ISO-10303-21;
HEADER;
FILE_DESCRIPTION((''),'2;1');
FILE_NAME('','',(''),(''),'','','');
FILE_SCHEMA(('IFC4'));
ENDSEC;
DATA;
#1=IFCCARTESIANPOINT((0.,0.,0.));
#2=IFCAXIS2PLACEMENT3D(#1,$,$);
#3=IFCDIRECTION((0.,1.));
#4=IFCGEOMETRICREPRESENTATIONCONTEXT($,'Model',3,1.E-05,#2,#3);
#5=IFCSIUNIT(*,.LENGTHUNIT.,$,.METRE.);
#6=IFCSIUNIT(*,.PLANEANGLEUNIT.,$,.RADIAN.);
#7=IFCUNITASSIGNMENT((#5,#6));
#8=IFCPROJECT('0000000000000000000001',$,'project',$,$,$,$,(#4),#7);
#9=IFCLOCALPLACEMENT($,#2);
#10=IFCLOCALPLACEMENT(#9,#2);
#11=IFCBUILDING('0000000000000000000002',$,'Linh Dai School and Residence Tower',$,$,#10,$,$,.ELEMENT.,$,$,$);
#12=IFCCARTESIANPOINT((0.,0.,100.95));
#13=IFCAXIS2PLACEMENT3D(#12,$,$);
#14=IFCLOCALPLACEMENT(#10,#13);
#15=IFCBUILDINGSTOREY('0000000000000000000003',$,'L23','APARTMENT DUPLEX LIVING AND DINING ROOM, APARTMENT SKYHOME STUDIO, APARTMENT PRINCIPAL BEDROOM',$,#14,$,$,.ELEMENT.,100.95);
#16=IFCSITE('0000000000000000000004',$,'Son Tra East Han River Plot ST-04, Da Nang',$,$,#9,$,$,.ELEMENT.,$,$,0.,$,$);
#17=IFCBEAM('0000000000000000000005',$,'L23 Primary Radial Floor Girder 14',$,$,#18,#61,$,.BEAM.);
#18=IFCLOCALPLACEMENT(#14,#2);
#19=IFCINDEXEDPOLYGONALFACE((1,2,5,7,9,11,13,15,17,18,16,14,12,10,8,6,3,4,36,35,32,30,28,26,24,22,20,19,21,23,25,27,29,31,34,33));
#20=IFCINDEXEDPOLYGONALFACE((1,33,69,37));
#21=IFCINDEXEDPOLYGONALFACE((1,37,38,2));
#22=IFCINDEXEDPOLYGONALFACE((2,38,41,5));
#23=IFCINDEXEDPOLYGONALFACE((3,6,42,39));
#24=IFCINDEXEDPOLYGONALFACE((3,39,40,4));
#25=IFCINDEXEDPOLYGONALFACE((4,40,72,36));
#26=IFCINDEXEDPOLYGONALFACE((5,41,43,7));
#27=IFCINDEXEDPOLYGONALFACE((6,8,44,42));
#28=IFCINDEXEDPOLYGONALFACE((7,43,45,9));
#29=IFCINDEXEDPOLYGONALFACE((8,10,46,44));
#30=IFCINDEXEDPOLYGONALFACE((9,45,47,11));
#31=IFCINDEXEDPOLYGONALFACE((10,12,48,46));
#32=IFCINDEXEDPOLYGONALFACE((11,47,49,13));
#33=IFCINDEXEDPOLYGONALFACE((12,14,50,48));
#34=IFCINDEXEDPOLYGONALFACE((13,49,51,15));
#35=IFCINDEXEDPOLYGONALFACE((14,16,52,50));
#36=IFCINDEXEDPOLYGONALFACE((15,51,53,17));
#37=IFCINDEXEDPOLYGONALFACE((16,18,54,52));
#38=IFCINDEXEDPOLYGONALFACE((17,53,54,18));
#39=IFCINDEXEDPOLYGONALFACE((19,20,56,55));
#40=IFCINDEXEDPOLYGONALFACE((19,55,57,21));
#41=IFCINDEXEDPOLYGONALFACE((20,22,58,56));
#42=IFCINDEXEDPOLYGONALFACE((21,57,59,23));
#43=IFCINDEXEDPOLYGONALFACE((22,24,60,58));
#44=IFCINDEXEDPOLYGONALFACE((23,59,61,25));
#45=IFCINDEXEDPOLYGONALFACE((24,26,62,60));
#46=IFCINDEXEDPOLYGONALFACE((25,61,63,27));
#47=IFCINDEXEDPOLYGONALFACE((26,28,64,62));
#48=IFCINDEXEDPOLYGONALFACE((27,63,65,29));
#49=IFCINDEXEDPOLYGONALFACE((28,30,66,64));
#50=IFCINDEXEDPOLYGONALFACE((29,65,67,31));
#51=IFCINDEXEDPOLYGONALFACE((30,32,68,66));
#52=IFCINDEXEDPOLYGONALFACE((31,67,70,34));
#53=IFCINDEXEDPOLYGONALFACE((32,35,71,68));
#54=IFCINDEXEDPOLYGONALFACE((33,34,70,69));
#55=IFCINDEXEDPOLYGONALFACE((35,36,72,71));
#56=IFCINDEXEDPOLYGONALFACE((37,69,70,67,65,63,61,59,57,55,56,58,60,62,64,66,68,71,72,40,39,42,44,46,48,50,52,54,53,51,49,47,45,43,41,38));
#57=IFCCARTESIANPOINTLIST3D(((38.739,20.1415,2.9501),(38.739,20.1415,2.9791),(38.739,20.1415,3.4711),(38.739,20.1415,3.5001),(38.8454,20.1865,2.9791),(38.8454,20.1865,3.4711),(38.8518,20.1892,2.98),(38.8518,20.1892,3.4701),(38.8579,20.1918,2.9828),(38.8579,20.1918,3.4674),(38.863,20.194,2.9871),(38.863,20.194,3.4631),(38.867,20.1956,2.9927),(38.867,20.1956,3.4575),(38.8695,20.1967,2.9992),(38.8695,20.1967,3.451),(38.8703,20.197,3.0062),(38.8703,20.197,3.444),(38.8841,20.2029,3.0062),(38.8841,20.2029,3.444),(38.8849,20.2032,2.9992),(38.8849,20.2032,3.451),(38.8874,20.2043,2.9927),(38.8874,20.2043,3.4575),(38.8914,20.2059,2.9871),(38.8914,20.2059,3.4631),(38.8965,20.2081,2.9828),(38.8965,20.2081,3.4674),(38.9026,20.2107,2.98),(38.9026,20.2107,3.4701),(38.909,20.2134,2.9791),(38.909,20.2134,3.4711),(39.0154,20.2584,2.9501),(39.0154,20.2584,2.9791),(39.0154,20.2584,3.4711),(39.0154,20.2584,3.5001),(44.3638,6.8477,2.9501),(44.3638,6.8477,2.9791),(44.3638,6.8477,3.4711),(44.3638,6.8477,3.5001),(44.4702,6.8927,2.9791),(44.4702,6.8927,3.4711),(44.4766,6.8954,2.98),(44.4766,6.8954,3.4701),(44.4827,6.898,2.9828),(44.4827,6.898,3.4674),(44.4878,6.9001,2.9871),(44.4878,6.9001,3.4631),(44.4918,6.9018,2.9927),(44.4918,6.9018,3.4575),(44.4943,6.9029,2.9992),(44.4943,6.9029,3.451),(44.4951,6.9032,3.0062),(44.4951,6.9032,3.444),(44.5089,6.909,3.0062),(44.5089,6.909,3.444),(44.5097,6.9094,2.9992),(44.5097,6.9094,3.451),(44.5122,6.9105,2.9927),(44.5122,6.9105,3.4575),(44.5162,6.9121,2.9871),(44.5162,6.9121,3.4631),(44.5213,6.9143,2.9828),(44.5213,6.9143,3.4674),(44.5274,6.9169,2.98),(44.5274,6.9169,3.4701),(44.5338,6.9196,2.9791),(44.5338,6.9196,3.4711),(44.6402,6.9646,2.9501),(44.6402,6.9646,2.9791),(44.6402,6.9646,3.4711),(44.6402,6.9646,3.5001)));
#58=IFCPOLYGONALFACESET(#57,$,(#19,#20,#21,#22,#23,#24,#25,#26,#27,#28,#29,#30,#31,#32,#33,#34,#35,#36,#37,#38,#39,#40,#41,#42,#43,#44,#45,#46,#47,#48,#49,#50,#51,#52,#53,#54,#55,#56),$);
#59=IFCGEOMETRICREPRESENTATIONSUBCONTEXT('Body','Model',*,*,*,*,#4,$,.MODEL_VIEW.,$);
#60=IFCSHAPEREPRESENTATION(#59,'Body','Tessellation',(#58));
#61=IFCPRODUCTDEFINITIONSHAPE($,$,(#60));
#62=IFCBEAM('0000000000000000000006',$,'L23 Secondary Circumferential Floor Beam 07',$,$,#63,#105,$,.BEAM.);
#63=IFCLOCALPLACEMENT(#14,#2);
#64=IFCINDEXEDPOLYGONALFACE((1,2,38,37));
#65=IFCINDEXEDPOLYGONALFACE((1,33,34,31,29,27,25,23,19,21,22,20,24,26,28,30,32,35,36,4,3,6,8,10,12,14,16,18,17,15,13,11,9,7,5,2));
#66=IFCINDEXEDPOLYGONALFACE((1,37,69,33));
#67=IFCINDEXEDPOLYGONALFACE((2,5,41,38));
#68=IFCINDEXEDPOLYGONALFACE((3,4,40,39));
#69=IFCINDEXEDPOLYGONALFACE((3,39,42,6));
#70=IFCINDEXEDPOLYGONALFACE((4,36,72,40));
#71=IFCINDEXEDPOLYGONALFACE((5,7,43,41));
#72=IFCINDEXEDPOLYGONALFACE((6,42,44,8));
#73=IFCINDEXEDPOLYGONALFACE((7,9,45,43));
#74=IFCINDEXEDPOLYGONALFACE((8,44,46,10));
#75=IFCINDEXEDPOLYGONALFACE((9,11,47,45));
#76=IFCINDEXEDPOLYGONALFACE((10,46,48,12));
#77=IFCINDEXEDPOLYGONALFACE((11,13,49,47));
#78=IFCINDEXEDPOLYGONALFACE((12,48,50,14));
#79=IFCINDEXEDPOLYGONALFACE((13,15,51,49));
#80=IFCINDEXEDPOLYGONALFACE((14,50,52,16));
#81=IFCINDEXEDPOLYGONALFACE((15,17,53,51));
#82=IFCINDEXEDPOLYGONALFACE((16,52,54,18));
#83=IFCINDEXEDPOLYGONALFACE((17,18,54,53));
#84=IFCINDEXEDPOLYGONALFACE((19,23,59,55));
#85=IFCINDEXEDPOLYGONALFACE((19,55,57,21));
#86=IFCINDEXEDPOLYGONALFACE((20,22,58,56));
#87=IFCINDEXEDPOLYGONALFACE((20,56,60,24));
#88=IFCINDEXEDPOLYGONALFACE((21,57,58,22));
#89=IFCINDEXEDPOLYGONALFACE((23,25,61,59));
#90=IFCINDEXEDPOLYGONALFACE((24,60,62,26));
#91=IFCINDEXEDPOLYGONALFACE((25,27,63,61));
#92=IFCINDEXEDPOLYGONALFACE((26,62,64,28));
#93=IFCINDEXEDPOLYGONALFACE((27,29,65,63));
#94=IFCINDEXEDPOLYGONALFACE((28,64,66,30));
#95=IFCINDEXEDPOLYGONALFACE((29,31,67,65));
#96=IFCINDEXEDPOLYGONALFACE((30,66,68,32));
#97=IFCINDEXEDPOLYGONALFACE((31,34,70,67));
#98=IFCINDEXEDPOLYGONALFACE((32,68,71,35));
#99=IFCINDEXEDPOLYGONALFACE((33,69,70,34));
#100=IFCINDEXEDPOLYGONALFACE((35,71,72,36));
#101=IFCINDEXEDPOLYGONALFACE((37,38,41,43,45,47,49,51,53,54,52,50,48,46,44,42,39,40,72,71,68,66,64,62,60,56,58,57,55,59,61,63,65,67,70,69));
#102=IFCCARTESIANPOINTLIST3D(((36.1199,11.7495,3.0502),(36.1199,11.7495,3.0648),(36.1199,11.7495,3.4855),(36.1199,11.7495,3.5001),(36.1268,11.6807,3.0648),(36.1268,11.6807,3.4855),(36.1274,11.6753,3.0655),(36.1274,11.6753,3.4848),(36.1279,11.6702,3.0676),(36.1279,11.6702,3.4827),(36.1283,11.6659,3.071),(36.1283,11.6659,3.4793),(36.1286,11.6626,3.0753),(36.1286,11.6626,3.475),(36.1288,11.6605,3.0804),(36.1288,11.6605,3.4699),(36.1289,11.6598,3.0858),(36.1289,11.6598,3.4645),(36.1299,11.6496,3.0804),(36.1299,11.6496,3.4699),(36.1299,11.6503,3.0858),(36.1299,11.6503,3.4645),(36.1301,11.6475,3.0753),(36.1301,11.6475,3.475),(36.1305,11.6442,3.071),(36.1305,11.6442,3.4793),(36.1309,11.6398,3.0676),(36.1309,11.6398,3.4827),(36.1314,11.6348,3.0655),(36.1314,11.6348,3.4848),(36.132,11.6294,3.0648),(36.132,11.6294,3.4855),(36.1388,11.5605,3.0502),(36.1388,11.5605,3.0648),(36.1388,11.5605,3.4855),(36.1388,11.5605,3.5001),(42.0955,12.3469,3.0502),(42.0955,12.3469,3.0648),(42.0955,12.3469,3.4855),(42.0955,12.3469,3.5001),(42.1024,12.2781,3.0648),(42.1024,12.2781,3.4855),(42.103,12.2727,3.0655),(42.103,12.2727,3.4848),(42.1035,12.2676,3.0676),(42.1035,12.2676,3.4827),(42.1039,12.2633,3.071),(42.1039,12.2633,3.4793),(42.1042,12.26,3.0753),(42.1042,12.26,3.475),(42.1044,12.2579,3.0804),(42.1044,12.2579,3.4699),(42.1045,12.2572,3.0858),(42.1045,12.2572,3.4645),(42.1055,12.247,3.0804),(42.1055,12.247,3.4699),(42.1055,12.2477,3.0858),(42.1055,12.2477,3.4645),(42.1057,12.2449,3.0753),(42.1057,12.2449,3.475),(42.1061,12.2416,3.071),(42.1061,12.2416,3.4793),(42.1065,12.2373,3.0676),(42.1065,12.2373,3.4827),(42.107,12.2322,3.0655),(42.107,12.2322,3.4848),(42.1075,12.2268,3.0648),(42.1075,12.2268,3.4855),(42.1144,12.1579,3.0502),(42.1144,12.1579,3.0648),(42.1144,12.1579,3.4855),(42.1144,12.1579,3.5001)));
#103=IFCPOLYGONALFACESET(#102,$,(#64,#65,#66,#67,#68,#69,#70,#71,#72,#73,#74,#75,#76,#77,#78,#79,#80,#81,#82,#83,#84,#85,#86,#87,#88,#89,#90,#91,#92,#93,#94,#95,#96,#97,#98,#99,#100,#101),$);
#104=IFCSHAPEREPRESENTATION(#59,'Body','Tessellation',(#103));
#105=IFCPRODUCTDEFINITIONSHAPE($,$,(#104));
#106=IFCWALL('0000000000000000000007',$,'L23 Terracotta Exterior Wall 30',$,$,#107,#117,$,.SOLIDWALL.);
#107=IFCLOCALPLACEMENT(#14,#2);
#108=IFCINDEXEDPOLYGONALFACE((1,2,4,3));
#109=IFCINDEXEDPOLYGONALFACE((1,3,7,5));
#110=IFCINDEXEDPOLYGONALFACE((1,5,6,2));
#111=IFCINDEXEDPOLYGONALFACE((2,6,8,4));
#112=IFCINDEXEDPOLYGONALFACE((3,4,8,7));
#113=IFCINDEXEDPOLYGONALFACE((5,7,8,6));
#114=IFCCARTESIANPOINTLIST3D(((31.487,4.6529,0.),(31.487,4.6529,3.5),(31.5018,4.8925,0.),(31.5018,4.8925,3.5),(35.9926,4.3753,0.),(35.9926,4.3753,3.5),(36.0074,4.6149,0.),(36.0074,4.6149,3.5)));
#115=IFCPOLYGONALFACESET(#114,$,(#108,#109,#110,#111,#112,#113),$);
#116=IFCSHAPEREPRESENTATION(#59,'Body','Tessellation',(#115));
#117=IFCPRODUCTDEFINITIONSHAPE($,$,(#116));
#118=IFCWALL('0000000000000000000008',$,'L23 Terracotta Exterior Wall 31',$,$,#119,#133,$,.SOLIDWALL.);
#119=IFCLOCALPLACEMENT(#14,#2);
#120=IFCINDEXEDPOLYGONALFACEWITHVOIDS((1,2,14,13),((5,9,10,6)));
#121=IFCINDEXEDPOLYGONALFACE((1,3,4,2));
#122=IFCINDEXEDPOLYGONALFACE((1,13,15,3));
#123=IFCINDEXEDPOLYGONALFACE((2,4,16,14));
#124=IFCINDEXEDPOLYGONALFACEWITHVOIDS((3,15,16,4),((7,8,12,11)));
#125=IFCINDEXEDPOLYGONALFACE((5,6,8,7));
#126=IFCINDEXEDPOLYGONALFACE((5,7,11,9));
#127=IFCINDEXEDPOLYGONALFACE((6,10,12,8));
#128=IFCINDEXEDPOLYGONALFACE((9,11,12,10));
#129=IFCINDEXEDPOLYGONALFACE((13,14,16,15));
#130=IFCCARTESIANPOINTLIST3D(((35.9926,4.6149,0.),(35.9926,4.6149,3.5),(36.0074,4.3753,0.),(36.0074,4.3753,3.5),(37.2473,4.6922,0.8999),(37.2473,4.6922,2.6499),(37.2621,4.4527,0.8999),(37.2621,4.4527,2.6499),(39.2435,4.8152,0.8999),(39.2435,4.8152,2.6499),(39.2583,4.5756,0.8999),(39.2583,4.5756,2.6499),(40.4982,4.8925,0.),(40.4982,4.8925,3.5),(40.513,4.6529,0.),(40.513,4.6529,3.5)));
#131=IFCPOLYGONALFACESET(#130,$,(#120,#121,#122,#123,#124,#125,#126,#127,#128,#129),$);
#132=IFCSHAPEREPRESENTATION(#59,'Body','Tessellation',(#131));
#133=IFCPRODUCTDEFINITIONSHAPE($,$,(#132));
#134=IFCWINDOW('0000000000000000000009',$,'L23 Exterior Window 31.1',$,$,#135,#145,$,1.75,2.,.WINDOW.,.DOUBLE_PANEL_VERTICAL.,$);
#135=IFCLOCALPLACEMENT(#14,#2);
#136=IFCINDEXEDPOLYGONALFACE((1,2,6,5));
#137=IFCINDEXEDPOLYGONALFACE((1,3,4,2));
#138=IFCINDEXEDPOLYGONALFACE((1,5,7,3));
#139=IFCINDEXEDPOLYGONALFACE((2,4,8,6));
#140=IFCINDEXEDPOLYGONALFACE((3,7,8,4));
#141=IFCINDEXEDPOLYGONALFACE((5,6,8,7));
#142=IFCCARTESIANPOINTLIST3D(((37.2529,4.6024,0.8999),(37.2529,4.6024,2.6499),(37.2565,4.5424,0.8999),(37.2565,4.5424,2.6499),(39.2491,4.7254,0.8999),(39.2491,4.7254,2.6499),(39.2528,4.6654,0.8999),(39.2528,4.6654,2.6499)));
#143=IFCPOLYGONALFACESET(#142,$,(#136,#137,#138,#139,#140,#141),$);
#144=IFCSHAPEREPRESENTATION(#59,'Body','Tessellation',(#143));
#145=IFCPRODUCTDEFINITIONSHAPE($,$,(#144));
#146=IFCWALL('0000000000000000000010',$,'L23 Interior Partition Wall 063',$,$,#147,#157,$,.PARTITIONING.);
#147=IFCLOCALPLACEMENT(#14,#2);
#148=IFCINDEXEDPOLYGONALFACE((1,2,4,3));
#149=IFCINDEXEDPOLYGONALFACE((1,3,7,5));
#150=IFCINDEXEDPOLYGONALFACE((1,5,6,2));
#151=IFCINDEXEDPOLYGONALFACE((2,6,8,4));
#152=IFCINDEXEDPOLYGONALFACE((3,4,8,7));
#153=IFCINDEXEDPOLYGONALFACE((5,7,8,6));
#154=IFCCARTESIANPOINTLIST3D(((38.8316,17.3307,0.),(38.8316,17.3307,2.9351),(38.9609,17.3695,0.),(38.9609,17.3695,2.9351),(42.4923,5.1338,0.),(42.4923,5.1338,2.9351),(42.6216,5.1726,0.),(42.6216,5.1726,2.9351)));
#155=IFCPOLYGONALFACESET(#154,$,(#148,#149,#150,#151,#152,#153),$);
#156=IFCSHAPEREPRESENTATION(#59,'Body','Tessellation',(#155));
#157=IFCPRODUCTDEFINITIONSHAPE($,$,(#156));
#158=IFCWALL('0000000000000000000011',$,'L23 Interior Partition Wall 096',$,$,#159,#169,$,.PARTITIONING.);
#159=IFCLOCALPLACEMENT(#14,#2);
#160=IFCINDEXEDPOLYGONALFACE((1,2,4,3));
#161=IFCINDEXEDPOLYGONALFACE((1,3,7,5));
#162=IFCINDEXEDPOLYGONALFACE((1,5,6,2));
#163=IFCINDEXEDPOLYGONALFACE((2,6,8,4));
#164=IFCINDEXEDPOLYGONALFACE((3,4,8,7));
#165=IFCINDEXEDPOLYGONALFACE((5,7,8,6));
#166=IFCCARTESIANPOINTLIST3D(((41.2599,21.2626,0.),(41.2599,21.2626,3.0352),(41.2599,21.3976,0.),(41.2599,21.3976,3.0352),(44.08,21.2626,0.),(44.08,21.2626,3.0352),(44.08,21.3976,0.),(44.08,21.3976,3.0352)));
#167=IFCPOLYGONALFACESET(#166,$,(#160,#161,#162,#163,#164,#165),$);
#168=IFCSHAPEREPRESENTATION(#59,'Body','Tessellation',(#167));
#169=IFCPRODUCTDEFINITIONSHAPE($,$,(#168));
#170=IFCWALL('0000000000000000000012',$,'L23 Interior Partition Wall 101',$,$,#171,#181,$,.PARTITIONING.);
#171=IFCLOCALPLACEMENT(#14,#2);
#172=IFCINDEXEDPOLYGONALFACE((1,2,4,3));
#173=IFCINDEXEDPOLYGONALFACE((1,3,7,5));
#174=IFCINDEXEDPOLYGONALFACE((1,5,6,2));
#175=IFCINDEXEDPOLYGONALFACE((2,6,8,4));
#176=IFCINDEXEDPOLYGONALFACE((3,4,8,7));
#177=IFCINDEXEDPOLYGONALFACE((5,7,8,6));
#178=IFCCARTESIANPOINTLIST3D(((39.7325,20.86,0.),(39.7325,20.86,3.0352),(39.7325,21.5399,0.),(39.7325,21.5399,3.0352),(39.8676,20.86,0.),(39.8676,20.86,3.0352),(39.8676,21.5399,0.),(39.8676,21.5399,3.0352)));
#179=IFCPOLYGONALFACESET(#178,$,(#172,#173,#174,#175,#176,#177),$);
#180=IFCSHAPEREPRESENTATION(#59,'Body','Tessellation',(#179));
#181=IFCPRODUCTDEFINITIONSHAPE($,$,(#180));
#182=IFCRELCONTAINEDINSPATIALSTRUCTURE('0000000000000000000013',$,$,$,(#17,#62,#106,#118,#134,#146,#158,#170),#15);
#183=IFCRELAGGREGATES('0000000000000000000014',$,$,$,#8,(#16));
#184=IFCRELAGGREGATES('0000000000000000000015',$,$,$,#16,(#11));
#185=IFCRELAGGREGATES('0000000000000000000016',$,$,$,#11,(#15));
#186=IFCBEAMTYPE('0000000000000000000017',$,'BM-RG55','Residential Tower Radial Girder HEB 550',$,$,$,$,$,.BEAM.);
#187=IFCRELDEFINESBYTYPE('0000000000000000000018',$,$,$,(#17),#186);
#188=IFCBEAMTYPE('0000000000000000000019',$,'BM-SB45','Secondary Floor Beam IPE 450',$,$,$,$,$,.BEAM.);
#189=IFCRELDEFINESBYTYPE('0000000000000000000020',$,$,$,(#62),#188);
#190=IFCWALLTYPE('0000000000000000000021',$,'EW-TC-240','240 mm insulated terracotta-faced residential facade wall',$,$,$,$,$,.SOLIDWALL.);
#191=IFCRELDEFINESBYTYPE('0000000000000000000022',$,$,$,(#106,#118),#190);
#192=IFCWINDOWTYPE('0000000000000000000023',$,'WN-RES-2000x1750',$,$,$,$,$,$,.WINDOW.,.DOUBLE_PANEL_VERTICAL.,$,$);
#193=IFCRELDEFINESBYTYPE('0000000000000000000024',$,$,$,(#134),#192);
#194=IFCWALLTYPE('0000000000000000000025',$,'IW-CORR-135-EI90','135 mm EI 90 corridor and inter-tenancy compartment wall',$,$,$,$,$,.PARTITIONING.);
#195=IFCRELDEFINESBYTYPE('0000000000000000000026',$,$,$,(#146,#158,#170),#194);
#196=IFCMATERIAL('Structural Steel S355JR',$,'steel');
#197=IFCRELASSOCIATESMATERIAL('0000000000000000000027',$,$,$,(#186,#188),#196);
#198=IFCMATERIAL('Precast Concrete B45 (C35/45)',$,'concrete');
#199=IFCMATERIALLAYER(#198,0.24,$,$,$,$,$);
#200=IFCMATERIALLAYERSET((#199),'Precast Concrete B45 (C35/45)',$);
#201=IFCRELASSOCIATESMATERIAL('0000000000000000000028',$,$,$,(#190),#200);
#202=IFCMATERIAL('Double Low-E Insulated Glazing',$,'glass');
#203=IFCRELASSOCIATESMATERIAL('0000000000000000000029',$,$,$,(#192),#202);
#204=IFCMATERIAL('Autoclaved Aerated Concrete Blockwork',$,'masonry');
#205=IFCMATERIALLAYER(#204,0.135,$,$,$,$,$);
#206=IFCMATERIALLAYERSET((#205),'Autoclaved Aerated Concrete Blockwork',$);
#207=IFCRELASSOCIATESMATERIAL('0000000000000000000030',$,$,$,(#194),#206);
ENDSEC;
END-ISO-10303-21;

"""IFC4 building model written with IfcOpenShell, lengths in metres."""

from ifc_helpers import new_model, si_unit, direction, frame, frame_2d, origin, origin_2d, place, context, subcontext, project, spatial, rectangle, i_section, extrude, source, transform, mapped, material, layer, layer_set, material_profile, profile_set, type_object, element, fill, save


model = new_model("IFC4")

# Units and contexts
model_context = context("Model", 3, precision=1e-05, world=origin(), true_north=direction((0.0, 1.0)))
body_context = subcontext(model_context, "Body", "Model", "MODEL_VIEW")
ifc_project = project(units=[si_unit("LENGTHUNIT", "METRE"), si_unit("PLANEANGLEUNIT", "RADIAN")], contexts=[model_context])

# Site, building, storey
site_placement = place(None, origin())
site = spatial("IfcSite", under=ifc_project, at=site_placement, Name="Son Tra East Han River Plot ST-04, Da Nang", CompositionType="ELEMENT", RefElevation=0.0)
building_placement = place(site_placement, origin())
building = spatial("IfcBuilding", under=site, at=building_placement, Name="Linh Dai School and Residence Tower", CompositionType="ELEMENT")
storey_placement = place(building_placement, frame((0.0, 0.0, 100.95)))
storey = spatial("IfcBuildingStorey", under=building, at=storey_placement, Name="L23", Description="APARTMENT DUPLEX LIVING AND DINING ROOM, APARTMENT SKYHOME STUDIO, APARTMENT PRINCIPAL BEDROOM", CompositionType="ELEMENT", Elevation=100.95)

# Shared definitions
ifc_material_1 = material(Name="Structural Steel S355JR", Category="steel")

# Beams
ifc_material_profile_1 = material_profile(ifc_material_1, i_section(OverallWidth=0.3, OverallDepth=0.55, WebThickness=0.0149, FlangeThickness=0.0291, FilletRadius=0.0271, at=origin_2d()), Name="HEB 550")
ifc_profile_set_1 = profile_set([ifc_material_profile_1], Name="Structural Steel S355JR")
beam_type_1 = type_object("IfcBeamType", Name="BM-RG55", Description="Residential Tower Radial Girder HEB 550", PredefinedType="BEAM", material=ifc_profile_set_1)
beam_1_placement = place(storey_placement, frame((38.8772, 20.2, 3.2251), z_axis=(0.389669, -0.920955, 0.0), x_axis=(0.920955, 0.389669, 0.0)))
element("IfcBeam", 1, at=beam_1_placement, inside=storey, type_object=beam_type_1, Name="L23 Primary Radial Floor Girder 14", PredefinedType="BEAM", context=body_context, shape_type="SweptSolid", body=[
    extrude(i_section(OverallWidth=0.3, OverallDepth=0.55, WebThickness=0.0149, FlangeThickness=0.0291, FilletRadius=0.0271, at=origin_2d()), origin(), (0.0, 0.0, 1.0), 14.4348),
])
ifc_material_profile_2 = material_profile(ifc_material_1, i_section(OverallWidth=0.1899, OverallDepth=0.45, WebThickness=0.0095, FlangeThickness=0.0146, FilletRadius=0.021, at=origin_2d()), Name="IPE 450")
ifc_profile_set_2 = profile_set([ifc_material_profile_2], Name="Structural Steel S355JR")
beam_type_2 = type_object("IfcBeamType", Name="BM-SB45", Description="Secondary Floor Beam IPE 450", PredefinedType="BEAM", material=ifc_profile_set_2)
beam_2_placement = place(storey_placement, frame((36.1294, 11.655, 3.2751), z_axis=(0.99504, 0.09948, 0.0), x_axis=(-0.09948, 0.99504, 0.0)))
element("IfcBeam", 2, at=beam_2_placement, inside=storey, type_object=beam_type_2, Name="L23 Secondary Circumferential Floor Beam 07", PredefinedType="BEAM", context=body_context, shape_type="SweptSolid", body=[
    extrude(i_section(OverallWidth=0.1899, OverallDepth=0.45, WebThickness=0.0095, FlangeThickness=0.0146, FilletRadius=0.021, at=origin_2d()), origin(), (0.0, 0.0, 1.0), 6.0054),
])

# Wall
ifc_material_2 = material(Name="Precast Concrete B45 (C35/45)", Category="concrete")
ifc_layer_1 = layer(ifc_material_2, 0.24)
ifc_layer_set_1 = layer_set([ifc_layer_1], Name="Precast Concrete B45 (C35/45)")
wall_type_1 = type_object("IfcWallType", Name="EW-TC-240", Description="240 mm insulated terracotta-faced residential facade wall", PredefinedType="SOLIDWALL", material=ifc_layer_set_1)
wall_1_placement = place(storey_placement, frame((36.0, 4.4951, 0.0), z_axis=(0.0, 0.0, 1.0), x_axis=(-0.998108, 0.061493, 0.0)))
element("IfcWall", 3, at=wall_1_placement, inside=storey, type_object=wall_type_1, Name="L23 Terracotta Exterior Wall 30", PredefinedType="SOLIDWALL", context=body_context, shape_type="SweptSolid", body=[
    extrude(rectangle(XDim=4.5142, YDim=0.24, at=frame_2d((2.2571, 0.0))), origin(), (0.0, 0.0, 1.0), 3.5),
])

# Wall, opening, window
wall_2_placement = place(storey_placement, frame((40.5056, 4.7727, 0.0), z_axis=(0.0, 0.0, 1.0), x_axis=(-0.998108, -0.061493, 0.0)))
wall_2 = element("IfcWall", 4, at=wall_2_placement, inside=storey, type_object=wall_type_1, Name="L23 Terracotta Exterior Wall 31", PredefinedType="SOLIDWALL", context=body_context, shape_type="SweptSolid", body=[
    extrude(rectangle(XDim=4.5142, YDim=0.24, at=frame_2d((2.2571, 0.0))), origin(), (0.0, 0.0, 1.0), 3.5),
])
opening_1_placement = place(wall_2_placement, frame((1.2571, 0.0, 0.8999)))
opening_1 = element("IfcOpeningElement", 5, at=opening_1_placement, cuts=wall_2, PredefinedType="OPENING", context=body_context, shape_type="SweptSolid", body=[
    extrude(rectangle(XDim=2.0, YDim=1.75, at=origin_2d()), frame((1.0, 0.1299, 0.875), z_axis=(0.0, -1.0, 0.0), x_axis=(1.0, 0.0, 0.0)), (0.0, 0.0, 1.0), 0.26),
])
ifc_material_3 = material(Name="Double Low-E Insulated Glazing", Category="glass")
window_type = type_object("IfcWindowType", Name="WN-RES-2000x1750", PartitioningType="DOUBLE_PANEL_VERTICAL", PredefinedType="WINDOW", material=ifc_material_3)
shared_shape_1 = source(origin(), body_context, "Body", "SweptSolid", [
    extrude(rectangle(XDim=2.0, YDim=1.75, at=origin_2d()), frame((1.0, 0.03, 0.875), z_axis=(0.0, -1.0, 0.0), x_axis=(1.0, 0.0, 0.0)), (0.0, 0.0, 1.0), 0.0601),
])
window_placement = place(opening_1_placement, origin())
window = element("IfcWindow", 6, at=window_placement, inside=storey, type_object=window_type, Name="L23 Exterior Window 31.1", OverallHeight=1.75, OverallWidth=2.0, PartitioningType="DOUBLE_PANEL_VERTICAL", PredefinedType="WINDOW", context=body_context, shape_type="MappedRepresentation", body=[
    mapped(shared_shape_1, transform((0.0, 0.0, 0.0), x_axis=(1.0, 0.0, 0.0), y_axis=(0.0, 1.0, 0.0), z_axis=(0.0, 0.0, 1.0), scale=1.0)),
])
fill(opening_1, window)

# Walls
ifc_material_4 = material(Name="Autoclaved Aerated Concrete Blockwork", Category="masonry")
ifc_layer_2 = layer(ifc_material_4, 0.135)
ifc_layer_set_2 = layer_set([ifc_layer_2], Name="Autoclaved Aerated Concrete Blockwork")
wall_type_2 = type_object("IfcWallType", Name="IW-CORR-135-EI90", Description="135 mm EI 90 corridor and inter-tenancy compartment wall", PredefinedType="PARTITIONING", material=ifc_layer_set_2)
wall_3_placement = place(storey_placement, frame((38.8962, 17.3501, 0.0), z_axis=(0.0, 0.0, 1.0), x_axis=(0.287464, -0.957791, 0.0)))
element("IfcWall", 7, at=wall_3_placement, inside=storey, type_object=wall_type_2, Name="L23 Interior Partition Wall 063", PredefinedType="PARTITIONING", context=body_context, shape_type="SweptSolid", body=[
    extrude(rectangle(XDim=12.7344, YDim=0.135, at=frame_2d((6.3672, 0.0))), origin(), (0.0, 0.0, 1.0), 2.9351),
])
wall_4_placement = place(storey_placement, frame((44.0801, 21.3301, 0.0), z_axis=(0.0, 0.0, 1.0), x_axis=(-1.0, 0.0, 0.0)))
element("IfcWall", 8, at=wall_4_placement, inside=storey, type_object=wall_type_2, Name="L23 Interior Partition Wall 096", PredefinedType="PARTITIONING", context=body_context, shape_type="SweptSolid", body=[
    extrude(rectangle(XDim=2.8201, YDim=0.135, at=frame_2d((1.4102, 0.0))), origin(), (0.0, 0.0, 1.0), 3.0352),
])
wall_5_placement = place(storey_placement, frame((39.8, 20.8601, 0.0), z_axis=(0.0, 0.0, 1.0), x_axis=(0.0, 1.0, 0.0)))
element("IfcWall", 9, at=wall_5_placement, inside=storey, type_object=wall_type_2, Name="L23 Interior Partition Wall 101", PredefinedType="PARTITIONING", context=body_context, shape_type="SweptSolid", body=[
    extrude(rectangle(XDim=0.6799, YDim=0.135, at=frame_2d((0.3398, 0.0))), origin(), (0.0, 0.0, 1.0), 3.0352),
])

save(model, "model.ifc")
